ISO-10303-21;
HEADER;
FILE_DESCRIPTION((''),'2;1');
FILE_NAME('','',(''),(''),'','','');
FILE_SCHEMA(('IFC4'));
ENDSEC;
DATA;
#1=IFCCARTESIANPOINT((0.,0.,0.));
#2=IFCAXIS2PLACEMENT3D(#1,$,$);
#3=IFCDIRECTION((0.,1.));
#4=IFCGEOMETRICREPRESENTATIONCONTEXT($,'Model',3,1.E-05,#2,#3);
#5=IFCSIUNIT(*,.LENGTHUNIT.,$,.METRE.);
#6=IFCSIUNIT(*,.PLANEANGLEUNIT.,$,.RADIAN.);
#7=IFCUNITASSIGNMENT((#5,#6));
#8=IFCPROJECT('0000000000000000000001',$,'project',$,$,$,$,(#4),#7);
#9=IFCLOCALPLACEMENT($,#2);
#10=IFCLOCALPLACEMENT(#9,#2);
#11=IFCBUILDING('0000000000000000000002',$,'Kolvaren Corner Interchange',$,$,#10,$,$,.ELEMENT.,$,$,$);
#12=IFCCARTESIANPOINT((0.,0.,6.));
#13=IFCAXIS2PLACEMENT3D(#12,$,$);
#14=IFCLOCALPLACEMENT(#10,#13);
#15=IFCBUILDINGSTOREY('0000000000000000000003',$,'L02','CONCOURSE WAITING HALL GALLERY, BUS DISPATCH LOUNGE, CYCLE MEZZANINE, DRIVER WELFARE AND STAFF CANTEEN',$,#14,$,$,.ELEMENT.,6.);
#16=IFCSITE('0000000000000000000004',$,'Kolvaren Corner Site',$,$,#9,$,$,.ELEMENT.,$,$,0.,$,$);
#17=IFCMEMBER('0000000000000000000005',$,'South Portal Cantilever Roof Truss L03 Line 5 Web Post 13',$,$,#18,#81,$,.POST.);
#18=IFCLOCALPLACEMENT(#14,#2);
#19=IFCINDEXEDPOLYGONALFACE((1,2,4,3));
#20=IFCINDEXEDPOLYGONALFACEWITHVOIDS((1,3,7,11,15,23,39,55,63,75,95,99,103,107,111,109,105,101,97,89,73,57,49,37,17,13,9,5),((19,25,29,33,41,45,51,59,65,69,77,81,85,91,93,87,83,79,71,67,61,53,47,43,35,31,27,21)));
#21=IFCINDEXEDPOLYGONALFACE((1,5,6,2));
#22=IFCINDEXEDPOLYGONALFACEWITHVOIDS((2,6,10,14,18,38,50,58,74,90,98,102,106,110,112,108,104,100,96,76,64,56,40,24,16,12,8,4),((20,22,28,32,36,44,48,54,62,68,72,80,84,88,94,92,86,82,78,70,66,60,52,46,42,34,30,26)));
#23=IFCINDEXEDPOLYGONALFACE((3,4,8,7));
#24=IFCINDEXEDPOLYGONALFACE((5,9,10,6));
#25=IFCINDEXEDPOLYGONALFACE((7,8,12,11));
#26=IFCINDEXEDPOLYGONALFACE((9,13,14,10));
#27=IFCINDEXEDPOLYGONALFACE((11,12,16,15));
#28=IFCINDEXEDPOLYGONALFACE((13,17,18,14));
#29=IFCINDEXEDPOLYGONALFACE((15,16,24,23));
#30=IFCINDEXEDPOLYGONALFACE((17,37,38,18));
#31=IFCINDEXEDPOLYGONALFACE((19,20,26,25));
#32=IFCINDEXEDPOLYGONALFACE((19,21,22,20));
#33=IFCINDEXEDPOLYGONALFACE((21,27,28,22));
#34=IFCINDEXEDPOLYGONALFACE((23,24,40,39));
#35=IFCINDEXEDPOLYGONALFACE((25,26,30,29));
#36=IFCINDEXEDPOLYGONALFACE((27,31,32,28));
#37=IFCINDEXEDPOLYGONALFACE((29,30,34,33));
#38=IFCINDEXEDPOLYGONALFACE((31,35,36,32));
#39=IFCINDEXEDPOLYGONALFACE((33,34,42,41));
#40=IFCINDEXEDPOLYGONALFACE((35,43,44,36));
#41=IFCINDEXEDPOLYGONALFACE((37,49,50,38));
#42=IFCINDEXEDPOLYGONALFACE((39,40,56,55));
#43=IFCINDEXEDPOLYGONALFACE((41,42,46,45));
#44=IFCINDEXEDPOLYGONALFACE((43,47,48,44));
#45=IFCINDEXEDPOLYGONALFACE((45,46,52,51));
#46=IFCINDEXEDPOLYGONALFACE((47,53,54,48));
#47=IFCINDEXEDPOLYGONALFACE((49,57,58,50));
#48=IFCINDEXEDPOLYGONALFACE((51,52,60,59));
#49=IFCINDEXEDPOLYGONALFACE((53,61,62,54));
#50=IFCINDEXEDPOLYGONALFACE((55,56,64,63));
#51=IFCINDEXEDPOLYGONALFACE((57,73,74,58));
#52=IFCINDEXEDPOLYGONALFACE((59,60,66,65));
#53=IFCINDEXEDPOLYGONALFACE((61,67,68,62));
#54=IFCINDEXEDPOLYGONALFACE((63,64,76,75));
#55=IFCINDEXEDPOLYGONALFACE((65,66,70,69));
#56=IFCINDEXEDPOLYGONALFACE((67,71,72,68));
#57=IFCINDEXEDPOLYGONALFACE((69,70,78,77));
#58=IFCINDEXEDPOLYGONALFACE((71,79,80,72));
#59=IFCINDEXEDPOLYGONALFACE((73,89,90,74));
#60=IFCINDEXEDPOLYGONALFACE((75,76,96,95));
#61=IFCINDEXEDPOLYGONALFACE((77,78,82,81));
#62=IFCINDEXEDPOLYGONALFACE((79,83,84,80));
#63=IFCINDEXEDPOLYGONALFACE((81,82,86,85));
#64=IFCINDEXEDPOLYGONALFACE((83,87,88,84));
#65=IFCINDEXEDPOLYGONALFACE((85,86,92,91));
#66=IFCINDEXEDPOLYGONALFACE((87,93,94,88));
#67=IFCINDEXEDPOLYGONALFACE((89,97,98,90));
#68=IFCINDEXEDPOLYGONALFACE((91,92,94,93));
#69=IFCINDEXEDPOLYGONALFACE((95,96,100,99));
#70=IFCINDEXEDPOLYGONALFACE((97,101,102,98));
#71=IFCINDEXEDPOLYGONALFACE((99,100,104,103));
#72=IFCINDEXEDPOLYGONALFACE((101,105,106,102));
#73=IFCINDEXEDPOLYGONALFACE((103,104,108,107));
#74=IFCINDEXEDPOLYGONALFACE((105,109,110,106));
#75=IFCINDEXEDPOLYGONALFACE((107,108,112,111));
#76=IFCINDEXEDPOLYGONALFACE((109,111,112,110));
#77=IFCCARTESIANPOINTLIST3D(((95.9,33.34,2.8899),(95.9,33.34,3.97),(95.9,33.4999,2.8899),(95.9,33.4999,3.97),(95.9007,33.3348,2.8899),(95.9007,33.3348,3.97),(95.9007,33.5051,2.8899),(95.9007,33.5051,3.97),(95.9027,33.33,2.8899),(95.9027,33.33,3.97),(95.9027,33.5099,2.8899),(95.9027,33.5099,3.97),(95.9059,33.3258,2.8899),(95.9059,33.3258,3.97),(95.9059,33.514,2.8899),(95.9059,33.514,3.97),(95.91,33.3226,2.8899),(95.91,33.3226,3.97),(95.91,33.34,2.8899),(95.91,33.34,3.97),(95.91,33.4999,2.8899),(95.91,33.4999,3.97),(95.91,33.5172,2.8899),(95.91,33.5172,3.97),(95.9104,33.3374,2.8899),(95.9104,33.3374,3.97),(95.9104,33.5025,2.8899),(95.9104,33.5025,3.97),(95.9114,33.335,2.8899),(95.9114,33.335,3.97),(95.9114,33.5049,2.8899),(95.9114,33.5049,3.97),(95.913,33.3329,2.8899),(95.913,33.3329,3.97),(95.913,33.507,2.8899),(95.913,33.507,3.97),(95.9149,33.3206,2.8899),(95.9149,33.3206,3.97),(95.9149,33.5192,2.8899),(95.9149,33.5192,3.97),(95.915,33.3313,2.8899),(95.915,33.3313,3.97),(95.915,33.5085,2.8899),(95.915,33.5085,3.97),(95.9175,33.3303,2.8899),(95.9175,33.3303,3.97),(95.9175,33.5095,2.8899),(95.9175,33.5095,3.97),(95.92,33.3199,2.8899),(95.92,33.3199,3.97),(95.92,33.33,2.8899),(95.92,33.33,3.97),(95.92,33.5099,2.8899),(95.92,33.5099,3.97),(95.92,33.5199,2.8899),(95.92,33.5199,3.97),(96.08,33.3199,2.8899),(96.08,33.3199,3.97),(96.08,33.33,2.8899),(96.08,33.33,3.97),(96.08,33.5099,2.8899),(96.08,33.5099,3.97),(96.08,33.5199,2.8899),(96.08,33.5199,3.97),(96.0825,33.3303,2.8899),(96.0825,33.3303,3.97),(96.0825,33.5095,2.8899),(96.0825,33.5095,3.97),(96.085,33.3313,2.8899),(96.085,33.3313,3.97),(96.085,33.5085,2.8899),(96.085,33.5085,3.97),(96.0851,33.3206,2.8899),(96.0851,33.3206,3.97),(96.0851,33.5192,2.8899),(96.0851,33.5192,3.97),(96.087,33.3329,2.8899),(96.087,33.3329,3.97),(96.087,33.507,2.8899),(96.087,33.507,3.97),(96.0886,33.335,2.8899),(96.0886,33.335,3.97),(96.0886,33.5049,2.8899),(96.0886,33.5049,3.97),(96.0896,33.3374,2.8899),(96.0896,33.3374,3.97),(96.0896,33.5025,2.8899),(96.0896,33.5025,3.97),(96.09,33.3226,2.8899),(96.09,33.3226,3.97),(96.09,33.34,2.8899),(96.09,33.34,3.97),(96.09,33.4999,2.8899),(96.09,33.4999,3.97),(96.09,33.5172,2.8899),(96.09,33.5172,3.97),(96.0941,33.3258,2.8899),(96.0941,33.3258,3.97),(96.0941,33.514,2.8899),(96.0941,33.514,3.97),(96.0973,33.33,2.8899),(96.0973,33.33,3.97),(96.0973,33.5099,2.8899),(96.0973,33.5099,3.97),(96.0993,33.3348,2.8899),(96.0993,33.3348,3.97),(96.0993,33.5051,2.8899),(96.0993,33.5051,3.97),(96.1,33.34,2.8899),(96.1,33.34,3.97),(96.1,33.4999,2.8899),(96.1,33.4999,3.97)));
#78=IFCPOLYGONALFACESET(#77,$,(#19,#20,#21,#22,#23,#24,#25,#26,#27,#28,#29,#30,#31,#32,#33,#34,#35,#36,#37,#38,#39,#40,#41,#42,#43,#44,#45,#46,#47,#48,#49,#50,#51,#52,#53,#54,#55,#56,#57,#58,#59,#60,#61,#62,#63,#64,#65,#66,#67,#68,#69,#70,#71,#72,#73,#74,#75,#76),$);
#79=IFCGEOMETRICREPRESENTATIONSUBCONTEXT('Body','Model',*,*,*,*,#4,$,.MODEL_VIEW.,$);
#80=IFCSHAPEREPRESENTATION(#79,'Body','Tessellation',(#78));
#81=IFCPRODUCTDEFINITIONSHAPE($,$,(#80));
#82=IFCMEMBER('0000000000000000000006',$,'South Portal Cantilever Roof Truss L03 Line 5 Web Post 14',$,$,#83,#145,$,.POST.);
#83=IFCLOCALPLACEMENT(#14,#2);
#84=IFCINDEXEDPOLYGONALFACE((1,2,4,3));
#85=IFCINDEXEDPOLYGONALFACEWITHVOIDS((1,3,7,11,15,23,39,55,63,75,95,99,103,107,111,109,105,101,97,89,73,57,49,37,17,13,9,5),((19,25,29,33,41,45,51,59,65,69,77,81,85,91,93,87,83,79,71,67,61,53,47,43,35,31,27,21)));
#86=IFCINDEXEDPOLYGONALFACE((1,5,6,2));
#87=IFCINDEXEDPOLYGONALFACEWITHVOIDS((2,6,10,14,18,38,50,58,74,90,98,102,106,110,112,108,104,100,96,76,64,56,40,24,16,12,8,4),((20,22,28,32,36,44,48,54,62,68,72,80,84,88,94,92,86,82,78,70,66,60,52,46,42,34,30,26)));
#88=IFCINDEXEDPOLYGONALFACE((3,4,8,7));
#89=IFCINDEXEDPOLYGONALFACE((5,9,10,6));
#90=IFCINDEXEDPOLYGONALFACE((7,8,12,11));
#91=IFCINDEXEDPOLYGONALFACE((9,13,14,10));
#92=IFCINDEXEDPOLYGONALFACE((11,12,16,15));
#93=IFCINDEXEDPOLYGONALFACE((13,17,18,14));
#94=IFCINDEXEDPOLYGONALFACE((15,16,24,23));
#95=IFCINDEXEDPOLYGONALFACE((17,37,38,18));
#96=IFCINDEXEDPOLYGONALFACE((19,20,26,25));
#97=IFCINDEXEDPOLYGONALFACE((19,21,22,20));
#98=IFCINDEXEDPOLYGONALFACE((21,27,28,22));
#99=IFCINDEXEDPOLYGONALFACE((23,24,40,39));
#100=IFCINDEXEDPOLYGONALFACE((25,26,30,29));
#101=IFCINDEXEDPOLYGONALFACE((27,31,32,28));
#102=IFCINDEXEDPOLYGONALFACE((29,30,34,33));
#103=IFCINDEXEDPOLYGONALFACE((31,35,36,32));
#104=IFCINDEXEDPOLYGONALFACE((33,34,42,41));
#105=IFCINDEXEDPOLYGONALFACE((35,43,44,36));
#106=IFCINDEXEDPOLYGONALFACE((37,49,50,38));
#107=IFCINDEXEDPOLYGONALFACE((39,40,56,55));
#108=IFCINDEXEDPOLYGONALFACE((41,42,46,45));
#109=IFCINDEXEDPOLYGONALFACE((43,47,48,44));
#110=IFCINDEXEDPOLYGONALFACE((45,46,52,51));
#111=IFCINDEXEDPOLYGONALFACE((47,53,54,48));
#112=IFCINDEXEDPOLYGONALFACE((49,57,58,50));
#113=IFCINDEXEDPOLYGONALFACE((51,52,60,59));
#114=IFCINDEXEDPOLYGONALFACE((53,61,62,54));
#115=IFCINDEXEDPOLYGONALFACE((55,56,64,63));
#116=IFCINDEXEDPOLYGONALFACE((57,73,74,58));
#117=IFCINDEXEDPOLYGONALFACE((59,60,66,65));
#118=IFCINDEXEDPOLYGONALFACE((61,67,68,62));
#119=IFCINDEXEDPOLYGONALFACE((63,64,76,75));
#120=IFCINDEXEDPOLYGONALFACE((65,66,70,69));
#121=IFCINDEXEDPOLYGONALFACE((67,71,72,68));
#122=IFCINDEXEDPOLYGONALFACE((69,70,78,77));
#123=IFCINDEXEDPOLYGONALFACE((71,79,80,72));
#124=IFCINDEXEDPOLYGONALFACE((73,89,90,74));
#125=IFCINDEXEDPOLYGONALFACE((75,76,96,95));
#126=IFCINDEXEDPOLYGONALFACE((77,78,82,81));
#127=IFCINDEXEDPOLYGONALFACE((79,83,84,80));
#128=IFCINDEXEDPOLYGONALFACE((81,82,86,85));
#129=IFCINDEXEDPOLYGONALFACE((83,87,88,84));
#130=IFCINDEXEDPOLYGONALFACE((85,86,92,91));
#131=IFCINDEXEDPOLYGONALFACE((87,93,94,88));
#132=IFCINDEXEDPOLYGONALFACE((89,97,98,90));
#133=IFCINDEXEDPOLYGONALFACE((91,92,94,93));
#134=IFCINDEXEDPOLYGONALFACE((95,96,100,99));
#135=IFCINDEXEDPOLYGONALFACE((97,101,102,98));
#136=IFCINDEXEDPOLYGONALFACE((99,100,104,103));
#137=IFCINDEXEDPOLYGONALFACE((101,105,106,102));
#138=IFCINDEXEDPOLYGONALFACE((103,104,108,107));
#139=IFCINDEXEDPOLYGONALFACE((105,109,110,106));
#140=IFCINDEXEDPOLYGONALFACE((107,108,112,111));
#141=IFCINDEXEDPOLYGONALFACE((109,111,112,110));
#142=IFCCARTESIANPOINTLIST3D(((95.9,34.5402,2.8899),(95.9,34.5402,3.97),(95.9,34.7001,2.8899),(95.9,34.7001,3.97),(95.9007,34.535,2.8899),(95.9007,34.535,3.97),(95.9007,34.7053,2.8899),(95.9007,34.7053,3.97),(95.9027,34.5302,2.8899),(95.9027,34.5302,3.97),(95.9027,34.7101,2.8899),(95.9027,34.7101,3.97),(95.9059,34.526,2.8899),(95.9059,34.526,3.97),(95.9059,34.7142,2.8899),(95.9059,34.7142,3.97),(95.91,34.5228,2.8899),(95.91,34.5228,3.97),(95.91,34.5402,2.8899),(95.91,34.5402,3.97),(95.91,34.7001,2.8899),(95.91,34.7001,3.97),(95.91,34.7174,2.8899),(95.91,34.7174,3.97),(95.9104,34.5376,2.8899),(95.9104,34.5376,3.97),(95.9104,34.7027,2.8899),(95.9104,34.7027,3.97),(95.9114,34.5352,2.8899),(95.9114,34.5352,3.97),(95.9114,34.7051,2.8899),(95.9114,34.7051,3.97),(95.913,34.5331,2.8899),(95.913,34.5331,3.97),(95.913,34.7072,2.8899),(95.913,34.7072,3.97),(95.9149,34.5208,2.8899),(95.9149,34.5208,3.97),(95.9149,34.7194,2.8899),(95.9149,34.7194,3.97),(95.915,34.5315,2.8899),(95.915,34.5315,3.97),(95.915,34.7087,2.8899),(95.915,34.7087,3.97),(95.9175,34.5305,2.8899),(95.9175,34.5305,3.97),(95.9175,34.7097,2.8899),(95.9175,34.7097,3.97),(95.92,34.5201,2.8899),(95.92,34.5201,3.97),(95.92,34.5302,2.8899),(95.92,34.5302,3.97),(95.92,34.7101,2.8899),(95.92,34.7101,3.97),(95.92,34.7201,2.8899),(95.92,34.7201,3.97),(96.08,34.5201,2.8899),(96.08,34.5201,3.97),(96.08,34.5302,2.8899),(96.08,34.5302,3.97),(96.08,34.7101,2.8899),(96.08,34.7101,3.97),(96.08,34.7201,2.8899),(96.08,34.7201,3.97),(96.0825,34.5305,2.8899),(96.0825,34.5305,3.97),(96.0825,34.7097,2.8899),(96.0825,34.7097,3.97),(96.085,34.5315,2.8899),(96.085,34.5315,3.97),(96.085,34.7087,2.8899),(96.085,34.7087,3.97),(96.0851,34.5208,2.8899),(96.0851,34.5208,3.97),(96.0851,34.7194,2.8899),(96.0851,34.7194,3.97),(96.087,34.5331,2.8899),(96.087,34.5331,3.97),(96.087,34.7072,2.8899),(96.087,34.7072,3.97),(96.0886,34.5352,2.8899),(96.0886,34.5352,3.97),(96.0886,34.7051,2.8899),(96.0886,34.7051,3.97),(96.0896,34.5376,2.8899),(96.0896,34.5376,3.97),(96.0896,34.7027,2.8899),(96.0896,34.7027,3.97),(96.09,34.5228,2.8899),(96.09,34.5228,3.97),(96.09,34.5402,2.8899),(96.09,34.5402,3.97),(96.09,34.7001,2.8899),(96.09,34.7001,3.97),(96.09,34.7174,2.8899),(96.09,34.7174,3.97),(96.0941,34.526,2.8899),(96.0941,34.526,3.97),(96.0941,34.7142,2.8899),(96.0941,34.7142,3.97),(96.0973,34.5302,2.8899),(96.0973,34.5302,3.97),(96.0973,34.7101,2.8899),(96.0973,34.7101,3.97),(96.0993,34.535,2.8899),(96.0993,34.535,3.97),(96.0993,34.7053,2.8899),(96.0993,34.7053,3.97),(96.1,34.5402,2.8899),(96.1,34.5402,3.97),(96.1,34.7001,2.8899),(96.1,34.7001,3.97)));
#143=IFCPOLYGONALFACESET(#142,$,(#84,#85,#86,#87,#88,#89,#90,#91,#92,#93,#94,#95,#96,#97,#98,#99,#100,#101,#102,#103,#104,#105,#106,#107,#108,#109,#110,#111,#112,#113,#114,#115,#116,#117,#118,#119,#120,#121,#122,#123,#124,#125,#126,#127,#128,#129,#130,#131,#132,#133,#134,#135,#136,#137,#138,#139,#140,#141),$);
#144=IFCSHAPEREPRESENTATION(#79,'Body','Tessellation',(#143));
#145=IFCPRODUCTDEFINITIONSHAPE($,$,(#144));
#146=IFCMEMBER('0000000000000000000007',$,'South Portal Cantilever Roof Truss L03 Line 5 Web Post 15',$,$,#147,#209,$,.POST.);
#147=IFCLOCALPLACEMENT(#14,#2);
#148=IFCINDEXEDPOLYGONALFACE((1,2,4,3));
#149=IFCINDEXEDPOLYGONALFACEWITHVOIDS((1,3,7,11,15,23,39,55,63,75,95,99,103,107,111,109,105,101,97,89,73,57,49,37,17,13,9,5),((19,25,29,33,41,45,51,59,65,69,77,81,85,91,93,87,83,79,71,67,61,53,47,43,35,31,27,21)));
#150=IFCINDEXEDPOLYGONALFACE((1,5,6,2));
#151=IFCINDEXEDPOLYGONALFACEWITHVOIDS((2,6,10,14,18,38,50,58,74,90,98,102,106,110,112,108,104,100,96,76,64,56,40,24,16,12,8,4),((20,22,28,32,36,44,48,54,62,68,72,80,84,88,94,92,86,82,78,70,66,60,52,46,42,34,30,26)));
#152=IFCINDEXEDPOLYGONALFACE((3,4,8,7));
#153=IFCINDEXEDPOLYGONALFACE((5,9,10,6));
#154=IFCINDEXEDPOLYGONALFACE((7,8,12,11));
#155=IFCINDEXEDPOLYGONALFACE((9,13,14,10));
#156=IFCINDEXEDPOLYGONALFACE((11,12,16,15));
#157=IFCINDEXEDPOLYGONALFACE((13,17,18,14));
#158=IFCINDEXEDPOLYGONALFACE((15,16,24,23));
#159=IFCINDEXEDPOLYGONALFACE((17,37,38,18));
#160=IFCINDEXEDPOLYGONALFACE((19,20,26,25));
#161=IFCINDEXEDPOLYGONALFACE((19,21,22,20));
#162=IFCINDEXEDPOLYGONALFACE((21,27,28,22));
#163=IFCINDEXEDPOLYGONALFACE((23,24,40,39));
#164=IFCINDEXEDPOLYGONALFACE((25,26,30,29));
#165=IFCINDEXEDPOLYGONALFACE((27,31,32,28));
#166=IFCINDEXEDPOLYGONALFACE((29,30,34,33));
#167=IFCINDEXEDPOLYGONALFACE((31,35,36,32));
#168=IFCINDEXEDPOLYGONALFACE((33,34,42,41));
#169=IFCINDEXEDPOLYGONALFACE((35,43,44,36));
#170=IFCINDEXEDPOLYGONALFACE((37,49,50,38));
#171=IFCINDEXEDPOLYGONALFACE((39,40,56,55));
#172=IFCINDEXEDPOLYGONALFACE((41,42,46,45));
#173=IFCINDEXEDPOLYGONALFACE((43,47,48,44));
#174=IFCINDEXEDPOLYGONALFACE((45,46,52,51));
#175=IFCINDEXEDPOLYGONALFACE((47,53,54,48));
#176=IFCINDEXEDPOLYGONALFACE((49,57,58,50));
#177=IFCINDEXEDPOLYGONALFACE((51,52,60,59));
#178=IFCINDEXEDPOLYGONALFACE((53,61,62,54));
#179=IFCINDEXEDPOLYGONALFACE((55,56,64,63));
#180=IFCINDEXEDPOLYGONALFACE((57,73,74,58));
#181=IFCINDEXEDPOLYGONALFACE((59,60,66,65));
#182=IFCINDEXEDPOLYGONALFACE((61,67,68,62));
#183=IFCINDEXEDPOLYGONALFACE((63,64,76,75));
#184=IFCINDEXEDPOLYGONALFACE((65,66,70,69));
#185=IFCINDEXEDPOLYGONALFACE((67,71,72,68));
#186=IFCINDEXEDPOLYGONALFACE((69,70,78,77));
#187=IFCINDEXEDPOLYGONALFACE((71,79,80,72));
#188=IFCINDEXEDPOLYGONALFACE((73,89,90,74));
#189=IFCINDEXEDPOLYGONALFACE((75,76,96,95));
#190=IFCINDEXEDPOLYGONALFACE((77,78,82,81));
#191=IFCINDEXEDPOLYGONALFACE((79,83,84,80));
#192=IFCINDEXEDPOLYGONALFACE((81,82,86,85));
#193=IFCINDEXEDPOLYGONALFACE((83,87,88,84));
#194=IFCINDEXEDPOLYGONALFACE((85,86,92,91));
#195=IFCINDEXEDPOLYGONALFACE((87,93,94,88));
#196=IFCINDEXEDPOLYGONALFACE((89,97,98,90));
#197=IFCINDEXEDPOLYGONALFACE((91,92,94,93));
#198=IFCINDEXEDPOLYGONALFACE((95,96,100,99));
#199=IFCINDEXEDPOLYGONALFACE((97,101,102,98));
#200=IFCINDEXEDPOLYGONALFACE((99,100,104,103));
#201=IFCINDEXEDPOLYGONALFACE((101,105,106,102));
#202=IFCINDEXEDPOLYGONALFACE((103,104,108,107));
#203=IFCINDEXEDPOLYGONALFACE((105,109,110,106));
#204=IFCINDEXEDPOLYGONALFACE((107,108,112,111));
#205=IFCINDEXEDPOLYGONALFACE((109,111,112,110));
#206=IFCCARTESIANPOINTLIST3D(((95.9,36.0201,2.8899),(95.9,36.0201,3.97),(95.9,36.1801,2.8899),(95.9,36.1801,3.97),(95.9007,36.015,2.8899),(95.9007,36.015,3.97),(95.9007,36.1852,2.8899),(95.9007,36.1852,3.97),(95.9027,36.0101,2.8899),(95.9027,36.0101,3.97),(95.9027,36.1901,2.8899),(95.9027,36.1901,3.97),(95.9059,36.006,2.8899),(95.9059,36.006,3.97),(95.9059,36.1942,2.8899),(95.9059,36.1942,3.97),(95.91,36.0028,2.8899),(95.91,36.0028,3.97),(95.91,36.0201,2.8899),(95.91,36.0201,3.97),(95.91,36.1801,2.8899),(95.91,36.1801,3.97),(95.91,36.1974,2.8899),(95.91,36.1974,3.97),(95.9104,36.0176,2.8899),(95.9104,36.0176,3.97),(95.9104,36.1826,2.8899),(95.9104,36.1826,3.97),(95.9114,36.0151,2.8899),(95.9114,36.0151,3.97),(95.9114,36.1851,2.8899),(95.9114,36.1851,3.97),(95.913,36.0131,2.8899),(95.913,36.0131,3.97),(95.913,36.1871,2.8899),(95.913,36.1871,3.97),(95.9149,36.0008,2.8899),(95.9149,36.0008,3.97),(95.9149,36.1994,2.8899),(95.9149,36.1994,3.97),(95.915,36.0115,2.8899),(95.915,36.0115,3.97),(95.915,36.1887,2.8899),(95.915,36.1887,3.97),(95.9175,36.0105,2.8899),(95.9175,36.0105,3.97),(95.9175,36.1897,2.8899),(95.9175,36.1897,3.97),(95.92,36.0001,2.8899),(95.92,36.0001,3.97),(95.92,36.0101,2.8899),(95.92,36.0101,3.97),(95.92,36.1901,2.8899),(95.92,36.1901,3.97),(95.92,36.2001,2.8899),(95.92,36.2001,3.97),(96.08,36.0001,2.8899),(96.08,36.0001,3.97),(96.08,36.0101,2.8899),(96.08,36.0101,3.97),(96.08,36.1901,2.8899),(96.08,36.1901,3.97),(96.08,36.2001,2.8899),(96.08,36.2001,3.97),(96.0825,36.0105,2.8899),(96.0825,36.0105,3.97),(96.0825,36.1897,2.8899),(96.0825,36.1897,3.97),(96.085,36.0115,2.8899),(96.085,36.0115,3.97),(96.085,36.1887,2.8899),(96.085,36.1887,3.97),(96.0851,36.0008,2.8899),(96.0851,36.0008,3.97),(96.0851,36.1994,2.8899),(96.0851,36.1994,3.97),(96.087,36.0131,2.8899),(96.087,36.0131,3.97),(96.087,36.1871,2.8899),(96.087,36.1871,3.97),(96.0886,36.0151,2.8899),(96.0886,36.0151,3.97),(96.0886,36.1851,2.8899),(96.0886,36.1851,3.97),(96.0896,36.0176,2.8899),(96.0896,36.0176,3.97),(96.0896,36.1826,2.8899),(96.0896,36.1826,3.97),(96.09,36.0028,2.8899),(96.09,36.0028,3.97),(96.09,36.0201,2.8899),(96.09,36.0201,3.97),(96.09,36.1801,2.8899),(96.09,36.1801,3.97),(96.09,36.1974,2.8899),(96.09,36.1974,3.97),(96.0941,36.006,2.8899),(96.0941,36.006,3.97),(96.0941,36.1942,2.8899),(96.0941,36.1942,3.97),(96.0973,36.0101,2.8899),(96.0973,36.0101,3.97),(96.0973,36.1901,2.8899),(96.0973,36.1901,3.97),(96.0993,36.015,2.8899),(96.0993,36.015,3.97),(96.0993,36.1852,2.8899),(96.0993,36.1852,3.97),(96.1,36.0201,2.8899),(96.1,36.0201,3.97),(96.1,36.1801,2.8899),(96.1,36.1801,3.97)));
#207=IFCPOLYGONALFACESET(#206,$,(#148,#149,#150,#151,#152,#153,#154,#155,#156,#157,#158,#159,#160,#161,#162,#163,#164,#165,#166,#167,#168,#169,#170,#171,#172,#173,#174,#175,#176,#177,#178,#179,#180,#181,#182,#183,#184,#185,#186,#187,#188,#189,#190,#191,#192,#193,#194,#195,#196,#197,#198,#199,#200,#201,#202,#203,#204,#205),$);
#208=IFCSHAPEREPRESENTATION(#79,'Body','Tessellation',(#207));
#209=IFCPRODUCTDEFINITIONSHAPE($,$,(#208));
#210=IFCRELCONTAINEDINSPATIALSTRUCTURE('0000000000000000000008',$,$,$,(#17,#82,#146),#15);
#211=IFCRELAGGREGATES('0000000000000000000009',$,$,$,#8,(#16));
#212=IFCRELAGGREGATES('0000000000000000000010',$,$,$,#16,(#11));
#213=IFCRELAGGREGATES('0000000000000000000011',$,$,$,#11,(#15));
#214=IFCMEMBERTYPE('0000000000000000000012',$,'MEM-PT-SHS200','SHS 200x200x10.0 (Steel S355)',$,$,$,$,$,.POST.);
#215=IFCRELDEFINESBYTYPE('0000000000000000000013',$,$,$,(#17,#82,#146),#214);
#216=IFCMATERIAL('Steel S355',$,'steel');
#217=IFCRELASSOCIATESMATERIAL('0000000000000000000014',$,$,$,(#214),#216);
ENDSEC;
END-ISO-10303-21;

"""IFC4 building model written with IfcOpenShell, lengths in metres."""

from ifc_helpers import new_model, si_unit, direction, frame, origin, origin_2d, place, context, subcontext, project, spatial, hollow_rectangle, extrude, material, material_profile, profile_set, type_object, element, save


model = new_model("IFC4")

# Units and contexts
model_context = context("Model", 3, precision=1e-05, world=origin(), true_north=direction((0.0, 1.0)))
body_context = subcontext(model_context, "Body", "Model", "MODEL_VIEW")
ifc_project = project(units=[si_unit("LENGTHUNIT", "METRE"), si_unit("PLANEANGLEUNIT", "RADIAN")], contexts=[model_context])

# Site, building, storey
site_placement = place(None, origin())
site = spatial("IfcSite", under=ifc_project, at=site_placement, Name="Kolvaren Corner Site", CompositionType="ELEMENT", RefElevation=0.0)
building_placement = place(site_placement, origin())
building = spatial("IfcBuilding", under=site, at=building_placement, Name="Kolvaren Corner Interchange", CompositionType="ELEMENT")
storey_placement = place(building_placement, frame((0.0, 0.0, 6.0)))
storey = spatial("IfcBuildingStorey", under=building, at=storey_placement, Name="L02", Description="CONCOURSE WAITING HALL GALLERY, BUS DISPATCH LOUNGE, CYCLE MEZZANINE, DRIVER WELFARE AND STAFF CANTEEN", CompositionType="ELEMENT", Elevation=6.0)

# Members
ifc_material_1 = material(Name="Steel S355", Category="steel")
ifc_material_profile_1 = material_profile(ifc_material_1, hollow_rectangle(XDim=0.2, YDim=0.2, WallThickness=0.01, InnerFilletRadius=0.01, OuterFilletRadius=0.02, at=origin_2d()), Name="SHS 200x200x10.0")
ifc_profile_set_1 = profile_set([ifc_material_profile_1], Name="Steel S355")
member_type_1 = type_object("IfcMemberType", Name="MEM-PT-SHS200", Description="SHS 200x200x10.0 (Steel S355)", PredefinedType="POST", material=ifc_profile_set_1)
for number, where, z_axis, x_axis, name in (
    (1, (96.0, 33.4199, 2.8899), (0.0, 0.0, 1.0), (1.0, 0.0, 0.0), "South Portal Cantilever Roof Truss L03 Line 5 Web Post 13"),
    (2, (96.0, 34.6201, 2.8899), (0.0, 0.0, 1.0), (1.0, 0.0, 0.0), "South Portal Cantilever Roof Truss L03 Line 5 Web Post 14"),
    (3, (96.0, 36.1001, 2.8899), (0.0, 0.0, 1.0), (1.0, 0.0, 0.0), "South Portal Cantilever Roof Truss L03 Line 5 Web Post 15"),
):
    element("IfcMember", number, at=place(storey_placement, frame(where, z_axis=z_axis, x_axis=x_axis)), inside=storey, type_object=member_type_1, Name=name, PredefinedType="POST", context=body_context, shape_type="SweptSolid", body=[
        extrude(hollow_rectangle(XDim=0.2, YDim=0.2, WallThickness=0.01, InnerFilletRadius=0.01, OuterFilletRadius=0.02, at=origin_2d()), origin(), (0.0, 0.0, 1.0), 1.0801),
    ])

save(model, "model.ifc")
